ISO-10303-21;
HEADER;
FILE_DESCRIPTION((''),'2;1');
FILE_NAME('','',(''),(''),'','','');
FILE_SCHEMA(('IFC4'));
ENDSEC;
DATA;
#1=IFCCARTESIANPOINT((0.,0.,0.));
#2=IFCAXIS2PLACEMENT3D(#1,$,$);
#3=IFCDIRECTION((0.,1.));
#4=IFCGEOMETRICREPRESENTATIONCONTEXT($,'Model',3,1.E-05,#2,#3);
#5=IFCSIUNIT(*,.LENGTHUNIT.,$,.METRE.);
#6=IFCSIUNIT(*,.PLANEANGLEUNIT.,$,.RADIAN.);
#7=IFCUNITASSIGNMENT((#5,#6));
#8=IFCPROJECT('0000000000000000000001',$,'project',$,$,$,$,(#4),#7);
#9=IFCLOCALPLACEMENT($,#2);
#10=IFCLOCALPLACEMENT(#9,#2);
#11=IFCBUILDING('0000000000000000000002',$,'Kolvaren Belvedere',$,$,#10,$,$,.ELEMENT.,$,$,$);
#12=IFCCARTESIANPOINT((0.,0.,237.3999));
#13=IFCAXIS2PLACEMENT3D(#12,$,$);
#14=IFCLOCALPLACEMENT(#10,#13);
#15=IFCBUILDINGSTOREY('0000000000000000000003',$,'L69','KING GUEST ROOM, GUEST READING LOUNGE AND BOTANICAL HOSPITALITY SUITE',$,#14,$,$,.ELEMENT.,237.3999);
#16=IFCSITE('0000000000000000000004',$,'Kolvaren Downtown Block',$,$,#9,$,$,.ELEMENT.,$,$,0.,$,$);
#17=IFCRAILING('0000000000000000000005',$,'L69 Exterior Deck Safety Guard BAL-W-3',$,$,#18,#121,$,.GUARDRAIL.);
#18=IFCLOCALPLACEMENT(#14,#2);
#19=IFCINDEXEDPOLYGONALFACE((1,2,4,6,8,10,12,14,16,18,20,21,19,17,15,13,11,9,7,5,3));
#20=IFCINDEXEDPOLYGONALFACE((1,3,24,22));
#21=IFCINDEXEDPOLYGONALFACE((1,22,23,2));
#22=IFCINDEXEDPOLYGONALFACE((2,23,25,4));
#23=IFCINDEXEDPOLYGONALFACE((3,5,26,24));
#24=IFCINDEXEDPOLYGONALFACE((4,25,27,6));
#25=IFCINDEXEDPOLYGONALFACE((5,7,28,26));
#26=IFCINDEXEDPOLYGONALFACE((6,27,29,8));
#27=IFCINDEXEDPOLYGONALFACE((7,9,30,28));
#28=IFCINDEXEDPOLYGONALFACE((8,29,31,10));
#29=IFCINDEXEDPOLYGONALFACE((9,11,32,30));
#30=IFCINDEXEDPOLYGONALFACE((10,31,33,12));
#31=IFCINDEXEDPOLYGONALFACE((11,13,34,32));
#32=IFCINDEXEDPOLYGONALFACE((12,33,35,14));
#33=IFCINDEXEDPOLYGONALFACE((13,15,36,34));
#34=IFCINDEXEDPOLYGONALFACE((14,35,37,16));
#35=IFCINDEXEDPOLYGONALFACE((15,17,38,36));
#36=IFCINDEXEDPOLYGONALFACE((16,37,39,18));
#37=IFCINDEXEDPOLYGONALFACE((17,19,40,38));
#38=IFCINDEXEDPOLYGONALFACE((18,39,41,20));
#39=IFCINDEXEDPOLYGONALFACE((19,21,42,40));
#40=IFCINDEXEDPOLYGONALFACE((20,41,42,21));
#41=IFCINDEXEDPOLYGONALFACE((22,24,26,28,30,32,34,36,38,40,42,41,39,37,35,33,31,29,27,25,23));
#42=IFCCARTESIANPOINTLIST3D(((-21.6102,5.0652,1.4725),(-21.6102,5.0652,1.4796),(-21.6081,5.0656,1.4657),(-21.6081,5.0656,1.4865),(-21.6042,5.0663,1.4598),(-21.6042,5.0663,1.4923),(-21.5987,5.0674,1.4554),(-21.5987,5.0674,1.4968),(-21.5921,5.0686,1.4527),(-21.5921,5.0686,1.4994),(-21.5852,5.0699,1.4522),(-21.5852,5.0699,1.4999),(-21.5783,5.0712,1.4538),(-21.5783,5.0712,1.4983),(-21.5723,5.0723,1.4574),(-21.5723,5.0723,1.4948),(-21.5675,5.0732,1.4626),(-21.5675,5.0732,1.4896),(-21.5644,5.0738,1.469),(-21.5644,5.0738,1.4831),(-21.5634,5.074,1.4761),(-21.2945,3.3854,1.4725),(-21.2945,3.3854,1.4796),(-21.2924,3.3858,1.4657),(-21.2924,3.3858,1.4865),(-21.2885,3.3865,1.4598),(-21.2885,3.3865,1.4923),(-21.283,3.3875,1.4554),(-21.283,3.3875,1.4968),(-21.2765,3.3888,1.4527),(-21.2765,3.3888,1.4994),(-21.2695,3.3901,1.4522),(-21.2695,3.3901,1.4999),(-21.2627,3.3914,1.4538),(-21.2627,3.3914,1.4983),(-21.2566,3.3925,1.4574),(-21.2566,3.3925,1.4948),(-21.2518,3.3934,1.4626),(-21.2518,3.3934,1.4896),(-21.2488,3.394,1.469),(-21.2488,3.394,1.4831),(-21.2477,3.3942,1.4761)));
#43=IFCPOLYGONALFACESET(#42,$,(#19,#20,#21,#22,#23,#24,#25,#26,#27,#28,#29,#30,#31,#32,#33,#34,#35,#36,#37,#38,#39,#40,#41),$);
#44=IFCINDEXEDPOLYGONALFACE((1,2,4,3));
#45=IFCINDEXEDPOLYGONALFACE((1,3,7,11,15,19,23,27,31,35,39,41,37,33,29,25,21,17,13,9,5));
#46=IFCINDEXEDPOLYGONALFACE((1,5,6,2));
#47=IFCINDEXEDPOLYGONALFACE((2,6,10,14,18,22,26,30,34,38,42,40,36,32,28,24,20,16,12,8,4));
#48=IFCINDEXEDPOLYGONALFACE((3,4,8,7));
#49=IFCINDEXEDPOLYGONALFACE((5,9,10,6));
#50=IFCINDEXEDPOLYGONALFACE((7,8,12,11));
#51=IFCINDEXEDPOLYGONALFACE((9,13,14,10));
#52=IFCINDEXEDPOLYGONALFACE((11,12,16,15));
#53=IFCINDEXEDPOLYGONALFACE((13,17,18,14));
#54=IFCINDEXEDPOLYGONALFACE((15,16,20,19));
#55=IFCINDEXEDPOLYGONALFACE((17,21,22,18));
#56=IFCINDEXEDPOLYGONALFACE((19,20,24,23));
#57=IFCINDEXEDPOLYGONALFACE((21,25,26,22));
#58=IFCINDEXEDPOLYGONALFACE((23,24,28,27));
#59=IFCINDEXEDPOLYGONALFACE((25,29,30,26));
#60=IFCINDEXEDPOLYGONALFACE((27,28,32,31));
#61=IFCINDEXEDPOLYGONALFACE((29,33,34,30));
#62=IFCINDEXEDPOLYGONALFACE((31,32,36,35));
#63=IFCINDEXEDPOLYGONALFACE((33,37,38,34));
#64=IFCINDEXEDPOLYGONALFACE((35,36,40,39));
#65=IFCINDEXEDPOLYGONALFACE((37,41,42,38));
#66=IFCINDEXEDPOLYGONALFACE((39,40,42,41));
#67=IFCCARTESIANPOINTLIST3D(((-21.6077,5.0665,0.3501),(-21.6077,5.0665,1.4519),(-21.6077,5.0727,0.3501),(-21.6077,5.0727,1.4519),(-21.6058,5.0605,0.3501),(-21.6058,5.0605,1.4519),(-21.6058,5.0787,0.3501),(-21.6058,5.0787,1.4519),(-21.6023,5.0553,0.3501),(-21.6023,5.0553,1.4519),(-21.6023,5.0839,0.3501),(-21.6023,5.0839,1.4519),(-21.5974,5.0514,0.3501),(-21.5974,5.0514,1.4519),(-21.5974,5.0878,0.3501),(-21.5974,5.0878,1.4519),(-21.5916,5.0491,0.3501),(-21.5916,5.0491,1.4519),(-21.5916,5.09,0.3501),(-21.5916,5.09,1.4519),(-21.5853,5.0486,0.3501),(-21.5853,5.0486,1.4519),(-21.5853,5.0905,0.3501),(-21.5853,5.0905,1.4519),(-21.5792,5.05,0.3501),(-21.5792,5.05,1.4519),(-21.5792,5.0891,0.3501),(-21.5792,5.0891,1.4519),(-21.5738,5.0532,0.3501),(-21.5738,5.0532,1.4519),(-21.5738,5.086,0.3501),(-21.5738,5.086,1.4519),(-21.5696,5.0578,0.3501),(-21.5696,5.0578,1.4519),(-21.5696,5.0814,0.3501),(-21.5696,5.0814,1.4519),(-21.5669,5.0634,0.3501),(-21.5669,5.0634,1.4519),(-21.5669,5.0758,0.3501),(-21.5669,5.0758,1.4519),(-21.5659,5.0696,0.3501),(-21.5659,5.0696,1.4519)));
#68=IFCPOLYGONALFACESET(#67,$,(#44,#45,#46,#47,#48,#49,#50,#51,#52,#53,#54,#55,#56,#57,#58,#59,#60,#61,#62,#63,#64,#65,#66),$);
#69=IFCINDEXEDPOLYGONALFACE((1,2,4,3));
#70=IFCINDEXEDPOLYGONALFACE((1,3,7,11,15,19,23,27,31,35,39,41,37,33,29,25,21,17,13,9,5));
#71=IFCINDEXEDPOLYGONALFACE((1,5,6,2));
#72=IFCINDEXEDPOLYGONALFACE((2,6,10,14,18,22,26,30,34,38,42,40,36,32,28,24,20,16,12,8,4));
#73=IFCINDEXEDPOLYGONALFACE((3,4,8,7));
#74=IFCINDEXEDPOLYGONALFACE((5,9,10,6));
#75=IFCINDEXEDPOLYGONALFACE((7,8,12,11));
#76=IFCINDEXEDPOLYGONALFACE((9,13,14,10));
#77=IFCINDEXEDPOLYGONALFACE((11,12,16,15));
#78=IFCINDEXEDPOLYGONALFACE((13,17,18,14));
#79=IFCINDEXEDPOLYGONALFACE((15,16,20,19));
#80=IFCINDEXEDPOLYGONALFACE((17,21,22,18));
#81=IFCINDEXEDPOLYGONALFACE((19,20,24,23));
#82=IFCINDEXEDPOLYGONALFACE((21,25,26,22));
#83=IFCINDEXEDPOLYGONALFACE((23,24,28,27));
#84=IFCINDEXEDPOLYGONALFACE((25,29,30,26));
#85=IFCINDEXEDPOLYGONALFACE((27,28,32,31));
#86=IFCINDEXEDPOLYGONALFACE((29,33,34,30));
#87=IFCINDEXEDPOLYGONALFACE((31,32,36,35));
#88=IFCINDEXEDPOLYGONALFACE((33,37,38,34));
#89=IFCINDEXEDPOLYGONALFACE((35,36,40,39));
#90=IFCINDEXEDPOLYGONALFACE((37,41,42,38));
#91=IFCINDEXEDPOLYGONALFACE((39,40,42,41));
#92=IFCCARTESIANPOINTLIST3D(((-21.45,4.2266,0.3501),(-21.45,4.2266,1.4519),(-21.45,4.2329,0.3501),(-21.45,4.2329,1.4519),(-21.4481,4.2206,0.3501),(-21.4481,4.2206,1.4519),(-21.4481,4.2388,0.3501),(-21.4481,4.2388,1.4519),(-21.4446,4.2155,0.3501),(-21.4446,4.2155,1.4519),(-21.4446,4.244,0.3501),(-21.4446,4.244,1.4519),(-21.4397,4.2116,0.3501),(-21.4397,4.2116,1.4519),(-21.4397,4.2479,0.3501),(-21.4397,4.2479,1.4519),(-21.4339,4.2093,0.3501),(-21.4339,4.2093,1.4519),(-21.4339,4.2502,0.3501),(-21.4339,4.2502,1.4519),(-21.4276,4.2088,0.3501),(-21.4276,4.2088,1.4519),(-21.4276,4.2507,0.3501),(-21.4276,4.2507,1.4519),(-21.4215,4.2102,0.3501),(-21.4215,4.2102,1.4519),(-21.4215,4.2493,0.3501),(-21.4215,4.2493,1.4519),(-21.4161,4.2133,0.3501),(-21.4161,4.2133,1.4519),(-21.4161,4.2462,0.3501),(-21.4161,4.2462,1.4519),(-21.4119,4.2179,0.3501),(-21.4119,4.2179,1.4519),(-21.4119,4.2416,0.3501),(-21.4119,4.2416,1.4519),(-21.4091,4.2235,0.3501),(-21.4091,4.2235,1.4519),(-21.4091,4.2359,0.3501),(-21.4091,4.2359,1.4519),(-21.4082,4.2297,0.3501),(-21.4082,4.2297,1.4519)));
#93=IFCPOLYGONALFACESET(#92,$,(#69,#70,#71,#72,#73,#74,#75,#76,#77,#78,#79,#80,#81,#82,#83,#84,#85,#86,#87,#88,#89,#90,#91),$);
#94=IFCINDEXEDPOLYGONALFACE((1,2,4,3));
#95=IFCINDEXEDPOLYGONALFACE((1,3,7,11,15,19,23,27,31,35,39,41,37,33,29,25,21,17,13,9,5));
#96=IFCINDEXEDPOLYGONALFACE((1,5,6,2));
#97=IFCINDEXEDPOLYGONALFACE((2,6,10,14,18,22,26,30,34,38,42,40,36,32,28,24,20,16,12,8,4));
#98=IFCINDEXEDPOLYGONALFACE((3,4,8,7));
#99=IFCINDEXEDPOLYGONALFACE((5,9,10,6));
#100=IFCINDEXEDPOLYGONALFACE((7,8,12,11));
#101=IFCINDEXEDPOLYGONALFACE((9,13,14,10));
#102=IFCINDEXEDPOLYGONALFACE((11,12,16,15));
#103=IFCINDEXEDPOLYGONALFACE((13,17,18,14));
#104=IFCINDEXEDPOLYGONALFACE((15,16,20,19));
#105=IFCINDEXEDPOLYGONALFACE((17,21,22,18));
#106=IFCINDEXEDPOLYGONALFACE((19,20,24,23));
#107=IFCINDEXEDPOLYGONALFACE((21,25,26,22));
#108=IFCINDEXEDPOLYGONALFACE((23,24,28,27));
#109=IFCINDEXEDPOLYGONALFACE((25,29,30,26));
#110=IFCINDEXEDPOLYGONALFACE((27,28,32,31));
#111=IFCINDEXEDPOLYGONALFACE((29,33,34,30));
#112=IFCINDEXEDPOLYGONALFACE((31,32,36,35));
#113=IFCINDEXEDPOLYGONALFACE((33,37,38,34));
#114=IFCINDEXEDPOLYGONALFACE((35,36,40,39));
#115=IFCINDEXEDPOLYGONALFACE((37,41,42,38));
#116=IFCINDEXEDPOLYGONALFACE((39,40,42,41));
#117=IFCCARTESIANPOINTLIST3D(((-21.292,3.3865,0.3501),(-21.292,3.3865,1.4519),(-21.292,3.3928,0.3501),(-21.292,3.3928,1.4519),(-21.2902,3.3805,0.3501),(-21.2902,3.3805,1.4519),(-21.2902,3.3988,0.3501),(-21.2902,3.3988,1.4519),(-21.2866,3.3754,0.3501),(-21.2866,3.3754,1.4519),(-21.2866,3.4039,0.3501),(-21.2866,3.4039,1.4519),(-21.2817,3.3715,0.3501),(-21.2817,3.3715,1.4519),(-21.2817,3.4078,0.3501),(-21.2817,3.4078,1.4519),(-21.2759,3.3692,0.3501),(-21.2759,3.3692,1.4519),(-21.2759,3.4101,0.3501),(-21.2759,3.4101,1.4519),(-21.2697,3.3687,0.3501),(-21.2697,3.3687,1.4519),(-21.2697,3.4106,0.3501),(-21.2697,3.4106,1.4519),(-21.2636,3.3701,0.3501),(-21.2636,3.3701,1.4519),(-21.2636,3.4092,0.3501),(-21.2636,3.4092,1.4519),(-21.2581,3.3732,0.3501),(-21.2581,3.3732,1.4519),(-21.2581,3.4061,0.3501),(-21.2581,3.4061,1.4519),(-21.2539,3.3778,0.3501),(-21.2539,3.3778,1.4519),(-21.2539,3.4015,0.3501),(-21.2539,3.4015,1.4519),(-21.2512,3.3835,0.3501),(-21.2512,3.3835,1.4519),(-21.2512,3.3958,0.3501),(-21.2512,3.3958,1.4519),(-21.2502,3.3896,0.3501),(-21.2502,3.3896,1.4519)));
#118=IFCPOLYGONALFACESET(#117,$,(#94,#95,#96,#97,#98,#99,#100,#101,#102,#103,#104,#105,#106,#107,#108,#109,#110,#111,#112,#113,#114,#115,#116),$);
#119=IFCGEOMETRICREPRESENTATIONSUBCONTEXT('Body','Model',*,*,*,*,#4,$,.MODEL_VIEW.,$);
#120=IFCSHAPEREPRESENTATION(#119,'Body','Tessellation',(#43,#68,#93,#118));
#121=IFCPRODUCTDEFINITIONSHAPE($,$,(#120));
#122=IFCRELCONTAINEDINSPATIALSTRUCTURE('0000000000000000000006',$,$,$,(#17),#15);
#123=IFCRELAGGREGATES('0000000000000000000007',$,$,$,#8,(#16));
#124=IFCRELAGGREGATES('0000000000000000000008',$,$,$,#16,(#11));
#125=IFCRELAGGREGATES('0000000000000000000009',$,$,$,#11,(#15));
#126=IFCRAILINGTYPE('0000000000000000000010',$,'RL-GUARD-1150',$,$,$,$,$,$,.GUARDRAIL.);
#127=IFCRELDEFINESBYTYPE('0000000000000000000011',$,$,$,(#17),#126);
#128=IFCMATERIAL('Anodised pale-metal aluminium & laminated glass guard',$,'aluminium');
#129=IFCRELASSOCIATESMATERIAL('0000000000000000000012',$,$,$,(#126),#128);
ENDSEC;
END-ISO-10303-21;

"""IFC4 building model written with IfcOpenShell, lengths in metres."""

from ifc_helpers import new_model, si_unit, direction, frame, origin, origin_2d, place, context, subcontext, project, spatial, circle, extrude, material, type_object, element, save


model = new_model("IFC4")

# Units and contexts
model_context = context("Model", 3, precision=1e-05, world=origin(), true_north=direction((0.0, 1.0)))
body_context = subcontext(model_context, "Body", "Model", "MODEL_VIEW")
ifc_project = project(units=[si_unit("LENGTHUNIT", "METRE"), si_unit("PLANEANGLEUNIT", "RADIAN")], contexts=[model_context])

# Site, building, storey
site_placement = place(None, origin())
site = spatial("IfcSite", under=ifc_project, at=site_placement, Name="Kolvaren Downtown Block", CompositionType="ELEMENT", RefElevation=0.0)
building_placement = place(site_placement, origin())
building = spatial("IfcBuilding", under=site, at=building_placement, Name="Kolvaren Belvedere", CompositionType="ELEMENT")
storey_placement = place(building_placement, frame((0.0, 0.0, 237.3999)))
storey = spatial("IfcBuildingStorey", under=building, at=storey_placement, Name="L69", Description="KING GUEST ROOM, GUEST READING LOUNGE AND BOTANICAL HOSPITALITY SUITE", CompositionType="ELEMENT", Elevation=237.3999)

# Railing
ifc_material_1 = material(Name="Anodised pale-metal aluminium & laminated glass guard", Category="aluminium")
railing_type = type_object("IfcRailingType", Name="RL-GUARD-1150", PredefinedType="GUARDRAIL", material=ifc_material_1)
railing_1_placement = place(storey_placement, frame((-21.5869, 5.0696, 0.3501)))
element("IfcRailing", 1, at=railing_1_placement, inside=storey, type_object=railing_type, Name="L69 Exterior Deck Safety Guard BAL-W-3", PredefinedType="GUARDRAIL", context=body_context, shape_type="SweptSolid", body=[
    extrude(circle(Radius=0.0239, at=origin_2d()), frame((0.0, 0.0, 1.126), z_axis=(0.184677, -0.982799, 0.0), x_axis=(0.982799, 0.184677, 0.0)), (0.0, 0.0, 1.0), 1.7092),
    extrude(circle(Radius=0.021, at=origin_2d()), origin(), (0.0, 0.0, 1.0), 1.1018),
    extrude(circle(Radius=0.021, at=origin_2d()), frame((0.1577, -0.8398, 0.0)), (0.0, 0.0, 1.0), 1.1018),
    extrude(circle(Radius=0.021, at=origin_2d()), frame((0.3157, -1.6799, 0.0)), (0.0, 0.0, 1.0), 1.1018),
])

save(model, "model.ifc")
